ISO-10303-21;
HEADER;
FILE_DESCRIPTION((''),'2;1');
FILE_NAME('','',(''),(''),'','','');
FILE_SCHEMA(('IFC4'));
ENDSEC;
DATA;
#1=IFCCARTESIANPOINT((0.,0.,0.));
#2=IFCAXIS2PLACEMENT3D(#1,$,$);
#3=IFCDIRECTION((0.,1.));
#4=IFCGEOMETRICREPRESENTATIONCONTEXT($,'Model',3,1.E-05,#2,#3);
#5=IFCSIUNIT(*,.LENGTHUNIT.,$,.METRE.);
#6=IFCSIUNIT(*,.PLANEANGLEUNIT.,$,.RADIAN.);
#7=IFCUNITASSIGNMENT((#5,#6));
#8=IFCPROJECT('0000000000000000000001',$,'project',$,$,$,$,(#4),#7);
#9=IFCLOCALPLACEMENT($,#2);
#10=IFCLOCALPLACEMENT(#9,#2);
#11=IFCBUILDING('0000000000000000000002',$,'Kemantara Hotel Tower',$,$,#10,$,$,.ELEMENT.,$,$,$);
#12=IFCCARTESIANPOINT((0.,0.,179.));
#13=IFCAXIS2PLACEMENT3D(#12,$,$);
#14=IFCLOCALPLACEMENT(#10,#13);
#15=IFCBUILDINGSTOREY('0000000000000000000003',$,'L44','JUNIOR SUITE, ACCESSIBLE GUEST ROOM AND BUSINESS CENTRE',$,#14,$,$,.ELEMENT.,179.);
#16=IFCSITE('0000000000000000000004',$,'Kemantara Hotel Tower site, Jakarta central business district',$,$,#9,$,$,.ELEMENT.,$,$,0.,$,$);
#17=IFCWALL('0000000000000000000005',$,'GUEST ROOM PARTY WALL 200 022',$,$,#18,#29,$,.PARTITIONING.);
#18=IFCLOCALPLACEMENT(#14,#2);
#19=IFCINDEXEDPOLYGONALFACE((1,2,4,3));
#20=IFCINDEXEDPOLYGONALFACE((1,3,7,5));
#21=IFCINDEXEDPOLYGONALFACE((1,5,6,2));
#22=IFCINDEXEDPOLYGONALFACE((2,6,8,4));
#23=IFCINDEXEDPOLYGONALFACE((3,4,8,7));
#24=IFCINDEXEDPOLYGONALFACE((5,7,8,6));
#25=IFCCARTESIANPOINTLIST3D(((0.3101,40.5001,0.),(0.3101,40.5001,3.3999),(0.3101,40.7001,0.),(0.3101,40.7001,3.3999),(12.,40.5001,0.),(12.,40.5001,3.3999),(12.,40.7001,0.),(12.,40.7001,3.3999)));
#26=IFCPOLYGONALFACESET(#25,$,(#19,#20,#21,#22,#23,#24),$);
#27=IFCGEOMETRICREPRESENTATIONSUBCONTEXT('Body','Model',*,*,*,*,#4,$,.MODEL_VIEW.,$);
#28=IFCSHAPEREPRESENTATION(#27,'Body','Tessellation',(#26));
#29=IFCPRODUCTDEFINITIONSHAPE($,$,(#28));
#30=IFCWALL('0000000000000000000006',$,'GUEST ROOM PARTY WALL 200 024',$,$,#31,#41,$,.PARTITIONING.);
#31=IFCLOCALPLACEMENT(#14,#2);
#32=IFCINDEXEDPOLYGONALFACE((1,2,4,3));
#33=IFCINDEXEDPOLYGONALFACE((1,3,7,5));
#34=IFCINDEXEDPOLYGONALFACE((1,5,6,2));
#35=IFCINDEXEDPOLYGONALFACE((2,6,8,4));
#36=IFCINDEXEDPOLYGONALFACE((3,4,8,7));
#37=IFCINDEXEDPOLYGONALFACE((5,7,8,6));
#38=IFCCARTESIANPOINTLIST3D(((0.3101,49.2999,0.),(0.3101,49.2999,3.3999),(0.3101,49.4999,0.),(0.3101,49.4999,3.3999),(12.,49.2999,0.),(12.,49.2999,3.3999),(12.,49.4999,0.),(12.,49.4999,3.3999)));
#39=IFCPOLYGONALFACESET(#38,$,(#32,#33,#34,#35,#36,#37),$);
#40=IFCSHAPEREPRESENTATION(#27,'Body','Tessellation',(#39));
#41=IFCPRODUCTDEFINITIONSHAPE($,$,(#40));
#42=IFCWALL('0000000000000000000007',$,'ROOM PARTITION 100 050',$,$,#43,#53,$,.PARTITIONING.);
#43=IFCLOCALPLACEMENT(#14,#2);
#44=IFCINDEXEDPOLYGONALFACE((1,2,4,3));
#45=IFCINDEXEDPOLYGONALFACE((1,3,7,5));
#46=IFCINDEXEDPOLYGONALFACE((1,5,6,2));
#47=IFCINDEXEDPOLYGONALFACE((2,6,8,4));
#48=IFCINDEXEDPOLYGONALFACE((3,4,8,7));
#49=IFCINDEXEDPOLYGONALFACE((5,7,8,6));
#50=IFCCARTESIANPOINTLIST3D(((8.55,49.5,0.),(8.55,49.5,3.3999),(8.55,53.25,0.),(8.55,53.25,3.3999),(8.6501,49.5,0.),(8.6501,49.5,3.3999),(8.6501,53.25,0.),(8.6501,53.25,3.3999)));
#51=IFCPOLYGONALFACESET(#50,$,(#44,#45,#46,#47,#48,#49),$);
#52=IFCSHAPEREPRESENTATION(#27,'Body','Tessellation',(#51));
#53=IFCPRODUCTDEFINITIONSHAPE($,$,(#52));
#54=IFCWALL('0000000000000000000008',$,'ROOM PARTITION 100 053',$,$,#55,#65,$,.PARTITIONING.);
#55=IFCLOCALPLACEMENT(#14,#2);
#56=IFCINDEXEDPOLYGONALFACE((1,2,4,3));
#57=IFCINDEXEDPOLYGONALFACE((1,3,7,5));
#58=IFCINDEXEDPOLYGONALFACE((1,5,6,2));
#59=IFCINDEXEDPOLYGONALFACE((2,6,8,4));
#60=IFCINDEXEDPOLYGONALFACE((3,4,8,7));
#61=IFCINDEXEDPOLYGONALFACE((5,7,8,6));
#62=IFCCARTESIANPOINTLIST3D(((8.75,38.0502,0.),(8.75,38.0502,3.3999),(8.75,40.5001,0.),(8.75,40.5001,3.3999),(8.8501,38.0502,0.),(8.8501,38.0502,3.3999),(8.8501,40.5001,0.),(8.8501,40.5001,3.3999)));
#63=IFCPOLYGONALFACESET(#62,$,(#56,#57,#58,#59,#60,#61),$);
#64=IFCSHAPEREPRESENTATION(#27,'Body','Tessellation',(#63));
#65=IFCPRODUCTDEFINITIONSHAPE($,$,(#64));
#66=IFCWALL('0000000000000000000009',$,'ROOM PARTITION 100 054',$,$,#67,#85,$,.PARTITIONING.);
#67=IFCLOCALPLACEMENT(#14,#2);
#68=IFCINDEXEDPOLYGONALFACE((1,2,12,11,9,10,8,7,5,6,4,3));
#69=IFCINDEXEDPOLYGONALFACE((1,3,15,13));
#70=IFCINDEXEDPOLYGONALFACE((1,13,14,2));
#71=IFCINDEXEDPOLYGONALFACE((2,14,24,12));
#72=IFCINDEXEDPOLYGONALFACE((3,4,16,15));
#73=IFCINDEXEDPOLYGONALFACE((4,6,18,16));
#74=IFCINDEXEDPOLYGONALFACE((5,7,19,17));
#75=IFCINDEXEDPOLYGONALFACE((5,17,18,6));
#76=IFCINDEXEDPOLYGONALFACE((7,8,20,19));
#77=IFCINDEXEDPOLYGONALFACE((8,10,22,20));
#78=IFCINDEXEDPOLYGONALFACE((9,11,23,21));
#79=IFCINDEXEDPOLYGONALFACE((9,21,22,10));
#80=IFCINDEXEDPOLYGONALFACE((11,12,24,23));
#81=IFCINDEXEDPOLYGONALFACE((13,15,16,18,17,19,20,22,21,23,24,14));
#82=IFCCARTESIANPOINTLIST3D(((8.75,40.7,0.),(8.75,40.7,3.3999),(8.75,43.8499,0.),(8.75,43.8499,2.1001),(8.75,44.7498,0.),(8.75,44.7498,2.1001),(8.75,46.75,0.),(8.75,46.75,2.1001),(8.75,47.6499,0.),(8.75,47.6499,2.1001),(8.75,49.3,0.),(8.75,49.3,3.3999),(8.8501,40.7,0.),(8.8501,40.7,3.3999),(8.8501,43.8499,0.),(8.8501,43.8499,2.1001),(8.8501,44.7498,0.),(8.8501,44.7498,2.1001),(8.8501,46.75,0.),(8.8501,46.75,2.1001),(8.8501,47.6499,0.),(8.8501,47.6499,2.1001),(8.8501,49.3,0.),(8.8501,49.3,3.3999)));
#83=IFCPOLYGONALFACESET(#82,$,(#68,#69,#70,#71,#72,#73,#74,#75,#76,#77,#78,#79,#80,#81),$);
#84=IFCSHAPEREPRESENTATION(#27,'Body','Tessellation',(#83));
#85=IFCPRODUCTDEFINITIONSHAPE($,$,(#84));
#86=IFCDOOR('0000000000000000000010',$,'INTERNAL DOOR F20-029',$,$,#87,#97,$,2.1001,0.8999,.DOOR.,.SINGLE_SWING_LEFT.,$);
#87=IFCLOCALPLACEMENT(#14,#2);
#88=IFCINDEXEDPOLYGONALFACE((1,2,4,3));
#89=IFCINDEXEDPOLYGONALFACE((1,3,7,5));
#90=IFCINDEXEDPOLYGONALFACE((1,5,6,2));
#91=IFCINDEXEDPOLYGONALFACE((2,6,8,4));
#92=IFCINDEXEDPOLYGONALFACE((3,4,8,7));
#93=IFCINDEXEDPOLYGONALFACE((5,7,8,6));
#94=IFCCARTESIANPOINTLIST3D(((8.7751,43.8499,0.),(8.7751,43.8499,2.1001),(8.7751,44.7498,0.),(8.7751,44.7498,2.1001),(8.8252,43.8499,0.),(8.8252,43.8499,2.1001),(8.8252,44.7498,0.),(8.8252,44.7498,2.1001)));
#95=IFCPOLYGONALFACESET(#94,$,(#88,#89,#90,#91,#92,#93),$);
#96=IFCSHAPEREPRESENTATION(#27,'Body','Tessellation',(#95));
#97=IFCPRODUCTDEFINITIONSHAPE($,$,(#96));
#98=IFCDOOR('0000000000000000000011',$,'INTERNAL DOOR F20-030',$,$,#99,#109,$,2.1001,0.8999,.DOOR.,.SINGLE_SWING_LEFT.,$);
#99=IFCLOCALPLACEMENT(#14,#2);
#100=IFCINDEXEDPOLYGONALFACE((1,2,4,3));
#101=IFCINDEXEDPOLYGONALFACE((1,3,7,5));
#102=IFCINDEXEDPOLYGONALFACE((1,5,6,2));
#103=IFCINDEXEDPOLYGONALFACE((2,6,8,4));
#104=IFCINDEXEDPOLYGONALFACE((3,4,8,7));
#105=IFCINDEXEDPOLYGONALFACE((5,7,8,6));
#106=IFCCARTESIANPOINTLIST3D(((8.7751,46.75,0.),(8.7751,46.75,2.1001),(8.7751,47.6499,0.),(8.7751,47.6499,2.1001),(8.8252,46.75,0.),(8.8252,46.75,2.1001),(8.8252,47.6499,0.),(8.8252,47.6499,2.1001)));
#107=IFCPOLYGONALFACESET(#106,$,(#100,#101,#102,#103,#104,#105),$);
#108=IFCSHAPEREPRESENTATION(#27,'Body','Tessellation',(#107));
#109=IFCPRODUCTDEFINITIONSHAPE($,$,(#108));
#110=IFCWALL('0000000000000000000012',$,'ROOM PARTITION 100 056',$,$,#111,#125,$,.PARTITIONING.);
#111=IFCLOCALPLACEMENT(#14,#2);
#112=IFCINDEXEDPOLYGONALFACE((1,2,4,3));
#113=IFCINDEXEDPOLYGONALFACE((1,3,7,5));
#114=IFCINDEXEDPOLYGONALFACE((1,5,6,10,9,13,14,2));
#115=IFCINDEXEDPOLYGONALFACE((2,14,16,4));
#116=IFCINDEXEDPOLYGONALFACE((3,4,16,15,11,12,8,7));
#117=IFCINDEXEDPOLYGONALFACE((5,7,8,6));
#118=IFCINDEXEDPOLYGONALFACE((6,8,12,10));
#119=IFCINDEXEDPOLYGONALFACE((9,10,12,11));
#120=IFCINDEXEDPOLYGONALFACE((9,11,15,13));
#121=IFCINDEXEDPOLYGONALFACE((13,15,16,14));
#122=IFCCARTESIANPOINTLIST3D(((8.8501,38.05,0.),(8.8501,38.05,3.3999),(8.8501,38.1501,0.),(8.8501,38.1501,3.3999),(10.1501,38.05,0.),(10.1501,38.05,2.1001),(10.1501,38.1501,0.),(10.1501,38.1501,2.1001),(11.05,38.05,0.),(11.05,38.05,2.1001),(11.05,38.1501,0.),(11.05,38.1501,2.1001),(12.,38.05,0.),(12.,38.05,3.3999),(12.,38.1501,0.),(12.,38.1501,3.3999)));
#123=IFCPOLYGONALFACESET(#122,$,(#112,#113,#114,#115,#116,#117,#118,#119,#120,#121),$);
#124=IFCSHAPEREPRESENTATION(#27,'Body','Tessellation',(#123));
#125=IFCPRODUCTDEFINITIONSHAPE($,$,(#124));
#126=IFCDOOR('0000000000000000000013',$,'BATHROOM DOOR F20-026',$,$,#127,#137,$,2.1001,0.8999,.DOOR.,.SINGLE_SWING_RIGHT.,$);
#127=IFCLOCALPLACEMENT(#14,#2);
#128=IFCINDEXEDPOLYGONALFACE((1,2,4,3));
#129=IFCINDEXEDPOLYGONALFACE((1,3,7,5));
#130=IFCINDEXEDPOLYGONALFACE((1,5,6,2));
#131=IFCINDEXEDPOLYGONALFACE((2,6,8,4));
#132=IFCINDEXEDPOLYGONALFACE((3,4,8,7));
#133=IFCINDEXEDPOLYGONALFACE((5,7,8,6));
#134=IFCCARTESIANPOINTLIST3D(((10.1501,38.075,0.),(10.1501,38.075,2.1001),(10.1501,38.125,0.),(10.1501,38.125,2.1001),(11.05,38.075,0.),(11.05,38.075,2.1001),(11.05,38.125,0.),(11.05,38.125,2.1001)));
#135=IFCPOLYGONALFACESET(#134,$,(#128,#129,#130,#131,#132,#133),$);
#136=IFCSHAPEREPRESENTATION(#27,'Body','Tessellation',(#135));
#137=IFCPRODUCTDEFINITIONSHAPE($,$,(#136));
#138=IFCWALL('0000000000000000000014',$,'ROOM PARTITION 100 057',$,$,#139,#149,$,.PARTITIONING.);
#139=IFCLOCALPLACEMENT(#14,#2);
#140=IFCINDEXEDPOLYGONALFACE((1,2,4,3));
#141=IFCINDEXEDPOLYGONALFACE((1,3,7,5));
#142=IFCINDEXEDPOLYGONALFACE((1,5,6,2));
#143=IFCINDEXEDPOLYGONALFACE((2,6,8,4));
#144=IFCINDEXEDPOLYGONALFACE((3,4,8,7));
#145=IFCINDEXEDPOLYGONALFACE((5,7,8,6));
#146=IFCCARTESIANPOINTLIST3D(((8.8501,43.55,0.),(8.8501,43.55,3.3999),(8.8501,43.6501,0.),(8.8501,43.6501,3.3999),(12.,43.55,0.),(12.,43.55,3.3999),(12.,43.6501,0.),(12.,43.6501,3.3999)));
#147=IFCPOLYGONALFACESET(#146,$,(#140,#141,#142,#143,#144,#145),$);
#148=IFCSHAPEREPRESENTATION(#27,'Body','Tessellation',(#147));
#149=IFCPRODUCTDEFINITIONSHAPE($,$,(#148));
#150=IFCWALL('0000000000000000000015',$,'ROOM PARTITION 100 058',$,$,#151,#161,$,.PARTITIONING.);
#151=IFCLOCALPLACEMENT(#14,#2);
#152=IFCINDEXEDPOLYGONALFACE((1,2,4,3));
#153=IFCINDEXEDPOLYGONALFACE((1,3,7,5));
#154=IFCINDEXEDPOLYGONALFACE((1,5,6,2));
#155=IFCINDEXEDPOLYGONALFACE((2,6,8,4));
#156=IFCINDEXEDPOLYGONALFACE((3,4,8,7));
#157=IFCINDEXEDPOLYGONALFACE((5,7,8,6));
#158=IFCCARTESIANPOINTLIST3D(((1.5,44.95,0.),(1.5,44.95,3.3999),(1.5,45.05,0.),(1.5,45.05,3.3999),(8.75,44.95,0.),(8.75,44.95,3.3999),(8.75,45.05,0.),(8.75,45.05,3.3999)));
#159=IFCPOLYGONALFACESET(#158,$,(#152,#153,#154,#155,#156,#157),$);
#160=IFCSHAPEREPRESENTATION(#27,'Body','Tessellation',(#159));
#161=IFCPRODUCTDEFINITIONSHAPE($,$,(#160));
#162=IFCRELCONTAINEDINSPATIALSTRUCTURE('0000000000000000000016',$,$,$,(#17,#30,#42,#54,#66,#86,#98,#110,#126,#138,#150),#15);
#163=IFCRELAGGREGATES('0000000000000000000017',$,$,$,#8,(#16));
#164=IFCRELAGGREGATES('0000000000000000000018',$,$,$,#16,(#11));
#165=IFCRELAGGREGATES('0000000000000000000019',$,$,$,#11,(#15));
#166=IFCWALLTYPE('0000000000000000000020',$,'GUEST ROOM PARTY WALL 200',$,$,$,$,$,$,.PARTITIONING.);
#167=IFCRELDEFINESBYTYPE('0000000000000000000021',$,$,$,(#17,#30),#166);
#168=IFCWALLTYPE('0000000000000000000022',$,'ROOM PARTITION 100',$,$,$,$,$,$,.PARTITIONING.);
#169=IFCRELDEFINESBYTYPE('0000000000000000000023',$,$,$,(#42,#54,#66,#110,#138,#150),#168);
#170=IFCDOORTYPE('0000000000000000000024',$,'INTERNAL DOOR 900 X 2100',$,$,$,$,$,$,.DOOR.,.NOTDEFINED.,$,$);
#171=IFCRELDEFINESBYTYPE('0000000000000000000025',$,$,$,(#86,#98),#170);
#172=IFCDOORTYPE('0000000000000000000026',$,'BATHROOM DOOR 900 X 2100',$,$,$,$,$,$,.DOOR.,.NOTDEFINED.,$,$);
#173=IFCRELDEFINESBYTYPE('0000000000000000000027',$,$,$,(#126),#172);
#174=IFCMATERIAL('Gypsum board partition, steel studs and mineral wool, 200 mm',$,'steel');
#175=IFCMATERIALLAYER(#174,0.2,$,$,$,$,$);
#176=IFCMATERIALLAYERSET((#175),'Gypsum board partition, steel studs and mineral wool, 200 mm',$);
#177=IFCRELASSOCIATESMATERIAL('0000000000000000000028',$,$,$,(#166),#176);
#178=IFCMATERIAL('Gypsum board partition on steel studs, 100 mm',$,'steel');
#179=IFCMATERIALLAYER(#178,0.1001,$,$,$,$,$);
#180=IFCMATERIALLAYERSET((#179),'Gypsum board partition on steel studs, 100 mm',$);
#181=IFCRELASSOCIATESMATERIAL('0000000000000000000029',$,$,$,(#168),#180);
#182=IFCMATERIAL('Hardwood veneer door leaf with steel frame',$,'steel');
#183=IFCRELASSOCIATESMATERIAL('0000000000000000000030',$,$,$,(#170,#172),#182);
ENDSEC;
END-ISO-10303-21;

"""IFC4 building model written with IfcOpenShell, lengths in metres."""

from ifc_helpers import new_model, si_unit, direction, frame, frame_2d, origin, place, context, subcontext, project, spatial, rectangle, extrude, material, layer, layer_set, type_object, element, fill, save


model = new_model("IFC4")

# Units and contexts
model_context = context("Model", 3, precision=1e-05, world=origin(), true_north=direction((0.0, 1.0)))
body_context = subcontext(model_context, "Body", "Model", "MODEL_VIEW")
ifc_project = project(units=[si_unit("LENGTHUNIT", "METRE"), si_unit("PLANEANGLEUNIT", "RADIAN")], contexts=[model_context])

# Site, building, storey
site_placement = place(None, origin())
site = spatial("IfcSite", under=ifc_project, at=site_placement, Name="Kemantara Hotel Tower site, Jakarta central business district", CompositionType="ELEMENT", RefElevation=0.0)
building_placement = place(site_placement, origin())
building = spatial("IfcBuilding", under=site, at=building_placement, Name="Kemantara Hotel Tower", CompositionType="ELEMENT")
storey_placement = place(building_placement, frame((0.0, 0.0, 179.0)))
storey = spatial("IfcBuildingStorey", under=building, at=storey_placement, Name="L44", Description="JUNIOR SUITE, ACCESSIBLE GUEST ROOM AND BUSINESS CENTRE", CompositionType="ELEMENT", Elevation=179.0)

# Shared definitions
ifc_material_1 = material(Name="Gypsum board partition, steel studs and mineral wool, 200 mm", Category="steel")
ifc_material_2 = material(Name="Hardwood veneer door leaf with steel frame", Category="steel")

# Walls
ifc_layer_1 = layer(ifc_material_1, 0.2)
ifc_layer_set_1 = layer_set([ifc_layer_1], Name="Gypsum board partition, steel studs and mineral wool, 200 mm")
wall_type_1 = type_object("IfcWallType", Name="GUEST ROOM PARTY WALL 200", PredefinedType="PARTITIONING", material=ifc_layer_set_1)
for number, where, z_axis, x_axis, name in (
    (1, (0.3101, 40.6001, 0.0), (0.0, 0.0, 1.0), (1.0, 0.0, 0.0), "GUEST ROOM PARTY WALL 200 022"),
    (2, (0.3101, 49.3999, 0.0), (0.0, 0.0, 1.0), (1.0, 0.0, 0.0), "GUEST ROOM PARTY WALL 200 024"),
):
    element("IfcWall", number, at=place(storey_placement, frame(where, z_axis=z_axis, x_axis=x_axis)), inside=storey, type_object=wall_type_1, Name=name, PredefinedType="PARTITIONING", context=body_context, shape_type="SweptSolid", body=[
        extrude(rectangle(XDim=11.6899, YDim=0.2, at=frame_2d((5.845, 0.0))), origin(), (0.0, 0.0, 1.0), 3.3999),
    ])
ifc_material_3 = material(Name="Gypsum board partition on steel studs, 100 mm", Category="steel")
ifc_layer_2 = layer(ifc_material_3, 0.1001)
ifc_layer_set_2 = layer_set([ifc_layer_2], Name="Gypsum board partition on steel studs, 100 mm")
wall_type_2 = type_object("IfcWallType", Name="ROOM PARTITION 100", PredefinedType="PARTITIONING", material=ifc_layer_set_2)
wall_1_placement = place(storey_placement, frame((8.6001, 49.5, 0.0), z_axis=(0.0, 0.0, 1.0), x_axis=(0.0, 1.0, 0.0)))
element("IfcWall", 3, at=wall_1_placement, inside=storey, type_object=wall_type_2, Name="ROOM PARTITION 100 050", PredefinedType="PARTITIONING", context=body_context, shape_type="SweptSolid", body=[
    extrude(rectangle(XDim=3.75, YDim=0.1001, at=frame_2d((1.875, 0.0))), origin(), (0.0, 0.0, 1.0), 3.3999),
])
wall_2_placement = place(storey_placement, frame((8.8, 38.05, 0.0), z_axis=(0.0, 0.0, 1.0), x_axis=(0.0, 1.0, 0.0)))
element("IfcWall", 4, at=wall_2_placement, inside=storey, type_object=wall_type_2, Name="ROOM PARTITION 100 053", PredefinedType="PARTITIONING", context=body_context, shape_type="SweptSolid", body=[
    extrude(rectangle(XDim=2.45, YDim=0.1001, at=frame_2d((1.2251, 0.0))), origin(), (0.0, 0.0, 1.0), 3.3999),
])

# Wall, openings, doors
wall_3_placement = place(storey_placement, frame((8.8, 40.7, 0.0), z_axis=(0.0, 0.0, 1.0), x_axis=(0.0, 1.0, 0.0)))
wall_3 = element("IfcWall", 5, at=wall_3_placement, inside=storey, type_object=wall_type_2, Name="ROOM PARTITION 100 054", PredefinedType="PARTITIONING", context=body_context, shape_type="SweptSolid", body=[
    extrude(rectangle(XDim=8.6001, YDim=0.1001, at=frame_2d((4.3, 0.0))), origin(), (0.0, 0.0, 1.0), 3.3999),
])
opening_1_placement = place(wall_3_placement, frame((3.1499, 0.0, 0.0)))
opening_1 = element("IfcOpeningElement", 6, at=opening_1_placement, cuts=wall_3, PredefinedType="OPENING", context=body_context, shape_type="SweptSolid", body=[
    extrude(rectangle(XDim=0.8999, YDim=2.1001, at=frame_2d((0.45, 1.05))), frame((0.0, 0.0601, 0.0), z_axis=(0.0, -1.0, 0.0), x_axis=(1.0, 0.0, 0.0)), (0.0, 0.0, 1.0), 0.1201),
])
opening_2_placement = place(wall_3_placement, frame((6.05, 0.0, 0.0)))
opening_2 = element("IfcOpeningElement", 7, at=opening_2_placement, cuts=wall_3, PredefinedType="OPENING", context=body_context, shape_type="SweptSolid", body=[
    extrude(rectangle(XDim=0.8999, YDim=2.1001, at=frame_2d((0.45, 1.05))), frame((0.0, 0.0601, 0.0), z_axis=(0.0, -1.0, 0.0), x_axis=(1.0, 0.0, 0.0)), (0.0, 0.0, 1.0), 0.1201),
])
door_type_1 = type_object("IfcDoorType", Name="INTERNAL DOOR 900 X 2100", OperationType="NOTDEFINED", PredefinedType="DOOR", material=ifc_material_2)
door_1_placement = place(opening_1_placement, origin())
door_1 = element("IfcDoor", 8, at=door_1_placement, inside=storey, type_object=door_type_1, Name="INTERNAL DOOR F20-029", OperationType="SINGLE_SWING_LEFT", OverallHeight=2.1001, OverallWidth=0.8999, PredefinedType="DOOR", context=body_context, shape_type="SweptSolid", body=[
    extrude(rectangle(XDim=0.8999, YDim=2.1001, at=frame_2d((0.45, 1.05))), frame((0.0, 0.0249, 0.0), z_axis=(0.0, -1.0, 0.0), x_axis=(1.0, 0.0, 0.0)), (0.0, 0.0, 1.0), 0.05),
])
fill(opening_1, door_1)
door_2_placement = place(opening_2_placement, origin())
door_2 = element("IfcDoor", 9, at=door_2_placement, inside=storey, type_object=door_type_1, Name="INTERNAL DOOR F20-030", OperationType="SINGLE_SWING_LEFT", OverallHeight=2.1001, OverallWidth=0.8999, PredefinedType="DOOR", context=body_context, shape_type="SweptSolid", body=[
    extrude(rectangle(XDim=0.8999, YDim=2.1001, at=frame_2d((0.45, 1.05))), frame((0.0, 0.0249, 0.0), z_axis=(0.0, -1.0, 0.0), x_axis=(1.0, 0.0, 0.0)), (0.0, 0.0, 1.0), 0.05),
])
fill(opening_2, door_2)

# Wall, opening, door
wall_4_placement = place(storey_placement, frame((8.8501, 38.1001, 0.0), z_axis=(0.0, 0.0, 1.0), x_axis=(1.0, 0.0, 0.0)))
wall_4 = element("IfcWall", 10, at=wall_4_placement, inside=storey, type_object=wall_type_2, Name="ROOM PARTITION 100 056", PredefinedType="PARTITIONING", context=body_context, shape_type="SweptSolid", body=[
    extrude(rectangle(XDim=3.1499, YDim=0.1001, at=frame_2d((1.575, 0.0))), origin(), (0.0, 0.0, 1.0), 3.3999),
])
opening_3_placement = place(wall_4_placement, frame((1.3, 0.0, 0.0)))
opening_3 = element("IfcOpeningElement", 11, at=opening_3_placement, cuts=wall_4, PredefinedType="OPENING", context=body_context, shape_type="SweptSolid", body=[
    extrude(rectangle(XDim=0.8999, YDim=2.1001, at=frame_2d((0.45, 1.05))), frame((0.0, 0.0601, 0.0), z_axis=(0.0, -1.0, 0.0), x_axis=(1.0, 0.0, 0.0)), (0.0, 0.0, 1.0), 0.1201),
])
door_type_2 = type_object("IfcDoorType", Name="BATHROOM DOOR 900 X 2100", OperationType="NOTDEFINED", PredefinedType="DOOR", material=ifc_material_2)
door_3_placement = place(opening_3_placement, origin())
door_3 = element("IfcDoor", 12, at=door_3_placement, inside=storey, type_object=door_type_2, Name="BATHROOM DOOR F20-026", OperationType="SINGLE_SWING_RIGHT", OverallHeight=2.1001, OverallWidth=0.8999, PredefinedType="DOOR", context=body_context, shape_type="SweptSolid", body=[
    extrude(rectangle(XDim=0.8999, YDim=2.1001, at=frame_2d((0.45, 1.05))), frame((0.0, 0.0249, 0.0), z_axis=(0.0, -1.0, 0.0), x_axis=(1.0, 0.0, 0.0)), (0.0, 0.0, 1.0), 0.05),
])
fill(opening_3, door_3)

# Walls
wall_5_placement = place(storey_placement, frame((8.8501, 43.6001, 0.0), z_axis=(0.0, 0.0, 1.0), x_axis=(1.0, 0.0, 0.0)))
element("IfcWall", 13, at=wall_5_placement, inside=storey, type_object=wall_type_2, Name="ROOM PARTITION 100 057", PredefinedType="PARTITIONING", context=body_context, shape_type="SweptSolid", body=[
    extrude(rectangle(XDim=3.1499, YDim=0.1001, at=frame_2d((1.575, 0.0))), origin(), (0.0, 0.0, 1.0), 3.3999),
])
wall_6_placement = place(storey_placement, frame((1.5, 45.0, 0.0), z_axis=(0.0, 0.0, 1.0), x_axis=(1.0, 0.0, 0.0)))
element("IfcWall", 14, at=wall_6_placement, inside=storey, type_object=wall_type_2, Name="ROOM PARTITION 100 058", PredefinedType="PARTITIONING", context=body_context, shape_type="SweptSolid", body=[
    extrude(rectangle(XDim=7.25, YDim=0.1001, at=frame_2d((3.625, 0.0))), origin(), (0.0, 0.0, 1.0), 3.3999),
])

save(model, "model.ifc")
